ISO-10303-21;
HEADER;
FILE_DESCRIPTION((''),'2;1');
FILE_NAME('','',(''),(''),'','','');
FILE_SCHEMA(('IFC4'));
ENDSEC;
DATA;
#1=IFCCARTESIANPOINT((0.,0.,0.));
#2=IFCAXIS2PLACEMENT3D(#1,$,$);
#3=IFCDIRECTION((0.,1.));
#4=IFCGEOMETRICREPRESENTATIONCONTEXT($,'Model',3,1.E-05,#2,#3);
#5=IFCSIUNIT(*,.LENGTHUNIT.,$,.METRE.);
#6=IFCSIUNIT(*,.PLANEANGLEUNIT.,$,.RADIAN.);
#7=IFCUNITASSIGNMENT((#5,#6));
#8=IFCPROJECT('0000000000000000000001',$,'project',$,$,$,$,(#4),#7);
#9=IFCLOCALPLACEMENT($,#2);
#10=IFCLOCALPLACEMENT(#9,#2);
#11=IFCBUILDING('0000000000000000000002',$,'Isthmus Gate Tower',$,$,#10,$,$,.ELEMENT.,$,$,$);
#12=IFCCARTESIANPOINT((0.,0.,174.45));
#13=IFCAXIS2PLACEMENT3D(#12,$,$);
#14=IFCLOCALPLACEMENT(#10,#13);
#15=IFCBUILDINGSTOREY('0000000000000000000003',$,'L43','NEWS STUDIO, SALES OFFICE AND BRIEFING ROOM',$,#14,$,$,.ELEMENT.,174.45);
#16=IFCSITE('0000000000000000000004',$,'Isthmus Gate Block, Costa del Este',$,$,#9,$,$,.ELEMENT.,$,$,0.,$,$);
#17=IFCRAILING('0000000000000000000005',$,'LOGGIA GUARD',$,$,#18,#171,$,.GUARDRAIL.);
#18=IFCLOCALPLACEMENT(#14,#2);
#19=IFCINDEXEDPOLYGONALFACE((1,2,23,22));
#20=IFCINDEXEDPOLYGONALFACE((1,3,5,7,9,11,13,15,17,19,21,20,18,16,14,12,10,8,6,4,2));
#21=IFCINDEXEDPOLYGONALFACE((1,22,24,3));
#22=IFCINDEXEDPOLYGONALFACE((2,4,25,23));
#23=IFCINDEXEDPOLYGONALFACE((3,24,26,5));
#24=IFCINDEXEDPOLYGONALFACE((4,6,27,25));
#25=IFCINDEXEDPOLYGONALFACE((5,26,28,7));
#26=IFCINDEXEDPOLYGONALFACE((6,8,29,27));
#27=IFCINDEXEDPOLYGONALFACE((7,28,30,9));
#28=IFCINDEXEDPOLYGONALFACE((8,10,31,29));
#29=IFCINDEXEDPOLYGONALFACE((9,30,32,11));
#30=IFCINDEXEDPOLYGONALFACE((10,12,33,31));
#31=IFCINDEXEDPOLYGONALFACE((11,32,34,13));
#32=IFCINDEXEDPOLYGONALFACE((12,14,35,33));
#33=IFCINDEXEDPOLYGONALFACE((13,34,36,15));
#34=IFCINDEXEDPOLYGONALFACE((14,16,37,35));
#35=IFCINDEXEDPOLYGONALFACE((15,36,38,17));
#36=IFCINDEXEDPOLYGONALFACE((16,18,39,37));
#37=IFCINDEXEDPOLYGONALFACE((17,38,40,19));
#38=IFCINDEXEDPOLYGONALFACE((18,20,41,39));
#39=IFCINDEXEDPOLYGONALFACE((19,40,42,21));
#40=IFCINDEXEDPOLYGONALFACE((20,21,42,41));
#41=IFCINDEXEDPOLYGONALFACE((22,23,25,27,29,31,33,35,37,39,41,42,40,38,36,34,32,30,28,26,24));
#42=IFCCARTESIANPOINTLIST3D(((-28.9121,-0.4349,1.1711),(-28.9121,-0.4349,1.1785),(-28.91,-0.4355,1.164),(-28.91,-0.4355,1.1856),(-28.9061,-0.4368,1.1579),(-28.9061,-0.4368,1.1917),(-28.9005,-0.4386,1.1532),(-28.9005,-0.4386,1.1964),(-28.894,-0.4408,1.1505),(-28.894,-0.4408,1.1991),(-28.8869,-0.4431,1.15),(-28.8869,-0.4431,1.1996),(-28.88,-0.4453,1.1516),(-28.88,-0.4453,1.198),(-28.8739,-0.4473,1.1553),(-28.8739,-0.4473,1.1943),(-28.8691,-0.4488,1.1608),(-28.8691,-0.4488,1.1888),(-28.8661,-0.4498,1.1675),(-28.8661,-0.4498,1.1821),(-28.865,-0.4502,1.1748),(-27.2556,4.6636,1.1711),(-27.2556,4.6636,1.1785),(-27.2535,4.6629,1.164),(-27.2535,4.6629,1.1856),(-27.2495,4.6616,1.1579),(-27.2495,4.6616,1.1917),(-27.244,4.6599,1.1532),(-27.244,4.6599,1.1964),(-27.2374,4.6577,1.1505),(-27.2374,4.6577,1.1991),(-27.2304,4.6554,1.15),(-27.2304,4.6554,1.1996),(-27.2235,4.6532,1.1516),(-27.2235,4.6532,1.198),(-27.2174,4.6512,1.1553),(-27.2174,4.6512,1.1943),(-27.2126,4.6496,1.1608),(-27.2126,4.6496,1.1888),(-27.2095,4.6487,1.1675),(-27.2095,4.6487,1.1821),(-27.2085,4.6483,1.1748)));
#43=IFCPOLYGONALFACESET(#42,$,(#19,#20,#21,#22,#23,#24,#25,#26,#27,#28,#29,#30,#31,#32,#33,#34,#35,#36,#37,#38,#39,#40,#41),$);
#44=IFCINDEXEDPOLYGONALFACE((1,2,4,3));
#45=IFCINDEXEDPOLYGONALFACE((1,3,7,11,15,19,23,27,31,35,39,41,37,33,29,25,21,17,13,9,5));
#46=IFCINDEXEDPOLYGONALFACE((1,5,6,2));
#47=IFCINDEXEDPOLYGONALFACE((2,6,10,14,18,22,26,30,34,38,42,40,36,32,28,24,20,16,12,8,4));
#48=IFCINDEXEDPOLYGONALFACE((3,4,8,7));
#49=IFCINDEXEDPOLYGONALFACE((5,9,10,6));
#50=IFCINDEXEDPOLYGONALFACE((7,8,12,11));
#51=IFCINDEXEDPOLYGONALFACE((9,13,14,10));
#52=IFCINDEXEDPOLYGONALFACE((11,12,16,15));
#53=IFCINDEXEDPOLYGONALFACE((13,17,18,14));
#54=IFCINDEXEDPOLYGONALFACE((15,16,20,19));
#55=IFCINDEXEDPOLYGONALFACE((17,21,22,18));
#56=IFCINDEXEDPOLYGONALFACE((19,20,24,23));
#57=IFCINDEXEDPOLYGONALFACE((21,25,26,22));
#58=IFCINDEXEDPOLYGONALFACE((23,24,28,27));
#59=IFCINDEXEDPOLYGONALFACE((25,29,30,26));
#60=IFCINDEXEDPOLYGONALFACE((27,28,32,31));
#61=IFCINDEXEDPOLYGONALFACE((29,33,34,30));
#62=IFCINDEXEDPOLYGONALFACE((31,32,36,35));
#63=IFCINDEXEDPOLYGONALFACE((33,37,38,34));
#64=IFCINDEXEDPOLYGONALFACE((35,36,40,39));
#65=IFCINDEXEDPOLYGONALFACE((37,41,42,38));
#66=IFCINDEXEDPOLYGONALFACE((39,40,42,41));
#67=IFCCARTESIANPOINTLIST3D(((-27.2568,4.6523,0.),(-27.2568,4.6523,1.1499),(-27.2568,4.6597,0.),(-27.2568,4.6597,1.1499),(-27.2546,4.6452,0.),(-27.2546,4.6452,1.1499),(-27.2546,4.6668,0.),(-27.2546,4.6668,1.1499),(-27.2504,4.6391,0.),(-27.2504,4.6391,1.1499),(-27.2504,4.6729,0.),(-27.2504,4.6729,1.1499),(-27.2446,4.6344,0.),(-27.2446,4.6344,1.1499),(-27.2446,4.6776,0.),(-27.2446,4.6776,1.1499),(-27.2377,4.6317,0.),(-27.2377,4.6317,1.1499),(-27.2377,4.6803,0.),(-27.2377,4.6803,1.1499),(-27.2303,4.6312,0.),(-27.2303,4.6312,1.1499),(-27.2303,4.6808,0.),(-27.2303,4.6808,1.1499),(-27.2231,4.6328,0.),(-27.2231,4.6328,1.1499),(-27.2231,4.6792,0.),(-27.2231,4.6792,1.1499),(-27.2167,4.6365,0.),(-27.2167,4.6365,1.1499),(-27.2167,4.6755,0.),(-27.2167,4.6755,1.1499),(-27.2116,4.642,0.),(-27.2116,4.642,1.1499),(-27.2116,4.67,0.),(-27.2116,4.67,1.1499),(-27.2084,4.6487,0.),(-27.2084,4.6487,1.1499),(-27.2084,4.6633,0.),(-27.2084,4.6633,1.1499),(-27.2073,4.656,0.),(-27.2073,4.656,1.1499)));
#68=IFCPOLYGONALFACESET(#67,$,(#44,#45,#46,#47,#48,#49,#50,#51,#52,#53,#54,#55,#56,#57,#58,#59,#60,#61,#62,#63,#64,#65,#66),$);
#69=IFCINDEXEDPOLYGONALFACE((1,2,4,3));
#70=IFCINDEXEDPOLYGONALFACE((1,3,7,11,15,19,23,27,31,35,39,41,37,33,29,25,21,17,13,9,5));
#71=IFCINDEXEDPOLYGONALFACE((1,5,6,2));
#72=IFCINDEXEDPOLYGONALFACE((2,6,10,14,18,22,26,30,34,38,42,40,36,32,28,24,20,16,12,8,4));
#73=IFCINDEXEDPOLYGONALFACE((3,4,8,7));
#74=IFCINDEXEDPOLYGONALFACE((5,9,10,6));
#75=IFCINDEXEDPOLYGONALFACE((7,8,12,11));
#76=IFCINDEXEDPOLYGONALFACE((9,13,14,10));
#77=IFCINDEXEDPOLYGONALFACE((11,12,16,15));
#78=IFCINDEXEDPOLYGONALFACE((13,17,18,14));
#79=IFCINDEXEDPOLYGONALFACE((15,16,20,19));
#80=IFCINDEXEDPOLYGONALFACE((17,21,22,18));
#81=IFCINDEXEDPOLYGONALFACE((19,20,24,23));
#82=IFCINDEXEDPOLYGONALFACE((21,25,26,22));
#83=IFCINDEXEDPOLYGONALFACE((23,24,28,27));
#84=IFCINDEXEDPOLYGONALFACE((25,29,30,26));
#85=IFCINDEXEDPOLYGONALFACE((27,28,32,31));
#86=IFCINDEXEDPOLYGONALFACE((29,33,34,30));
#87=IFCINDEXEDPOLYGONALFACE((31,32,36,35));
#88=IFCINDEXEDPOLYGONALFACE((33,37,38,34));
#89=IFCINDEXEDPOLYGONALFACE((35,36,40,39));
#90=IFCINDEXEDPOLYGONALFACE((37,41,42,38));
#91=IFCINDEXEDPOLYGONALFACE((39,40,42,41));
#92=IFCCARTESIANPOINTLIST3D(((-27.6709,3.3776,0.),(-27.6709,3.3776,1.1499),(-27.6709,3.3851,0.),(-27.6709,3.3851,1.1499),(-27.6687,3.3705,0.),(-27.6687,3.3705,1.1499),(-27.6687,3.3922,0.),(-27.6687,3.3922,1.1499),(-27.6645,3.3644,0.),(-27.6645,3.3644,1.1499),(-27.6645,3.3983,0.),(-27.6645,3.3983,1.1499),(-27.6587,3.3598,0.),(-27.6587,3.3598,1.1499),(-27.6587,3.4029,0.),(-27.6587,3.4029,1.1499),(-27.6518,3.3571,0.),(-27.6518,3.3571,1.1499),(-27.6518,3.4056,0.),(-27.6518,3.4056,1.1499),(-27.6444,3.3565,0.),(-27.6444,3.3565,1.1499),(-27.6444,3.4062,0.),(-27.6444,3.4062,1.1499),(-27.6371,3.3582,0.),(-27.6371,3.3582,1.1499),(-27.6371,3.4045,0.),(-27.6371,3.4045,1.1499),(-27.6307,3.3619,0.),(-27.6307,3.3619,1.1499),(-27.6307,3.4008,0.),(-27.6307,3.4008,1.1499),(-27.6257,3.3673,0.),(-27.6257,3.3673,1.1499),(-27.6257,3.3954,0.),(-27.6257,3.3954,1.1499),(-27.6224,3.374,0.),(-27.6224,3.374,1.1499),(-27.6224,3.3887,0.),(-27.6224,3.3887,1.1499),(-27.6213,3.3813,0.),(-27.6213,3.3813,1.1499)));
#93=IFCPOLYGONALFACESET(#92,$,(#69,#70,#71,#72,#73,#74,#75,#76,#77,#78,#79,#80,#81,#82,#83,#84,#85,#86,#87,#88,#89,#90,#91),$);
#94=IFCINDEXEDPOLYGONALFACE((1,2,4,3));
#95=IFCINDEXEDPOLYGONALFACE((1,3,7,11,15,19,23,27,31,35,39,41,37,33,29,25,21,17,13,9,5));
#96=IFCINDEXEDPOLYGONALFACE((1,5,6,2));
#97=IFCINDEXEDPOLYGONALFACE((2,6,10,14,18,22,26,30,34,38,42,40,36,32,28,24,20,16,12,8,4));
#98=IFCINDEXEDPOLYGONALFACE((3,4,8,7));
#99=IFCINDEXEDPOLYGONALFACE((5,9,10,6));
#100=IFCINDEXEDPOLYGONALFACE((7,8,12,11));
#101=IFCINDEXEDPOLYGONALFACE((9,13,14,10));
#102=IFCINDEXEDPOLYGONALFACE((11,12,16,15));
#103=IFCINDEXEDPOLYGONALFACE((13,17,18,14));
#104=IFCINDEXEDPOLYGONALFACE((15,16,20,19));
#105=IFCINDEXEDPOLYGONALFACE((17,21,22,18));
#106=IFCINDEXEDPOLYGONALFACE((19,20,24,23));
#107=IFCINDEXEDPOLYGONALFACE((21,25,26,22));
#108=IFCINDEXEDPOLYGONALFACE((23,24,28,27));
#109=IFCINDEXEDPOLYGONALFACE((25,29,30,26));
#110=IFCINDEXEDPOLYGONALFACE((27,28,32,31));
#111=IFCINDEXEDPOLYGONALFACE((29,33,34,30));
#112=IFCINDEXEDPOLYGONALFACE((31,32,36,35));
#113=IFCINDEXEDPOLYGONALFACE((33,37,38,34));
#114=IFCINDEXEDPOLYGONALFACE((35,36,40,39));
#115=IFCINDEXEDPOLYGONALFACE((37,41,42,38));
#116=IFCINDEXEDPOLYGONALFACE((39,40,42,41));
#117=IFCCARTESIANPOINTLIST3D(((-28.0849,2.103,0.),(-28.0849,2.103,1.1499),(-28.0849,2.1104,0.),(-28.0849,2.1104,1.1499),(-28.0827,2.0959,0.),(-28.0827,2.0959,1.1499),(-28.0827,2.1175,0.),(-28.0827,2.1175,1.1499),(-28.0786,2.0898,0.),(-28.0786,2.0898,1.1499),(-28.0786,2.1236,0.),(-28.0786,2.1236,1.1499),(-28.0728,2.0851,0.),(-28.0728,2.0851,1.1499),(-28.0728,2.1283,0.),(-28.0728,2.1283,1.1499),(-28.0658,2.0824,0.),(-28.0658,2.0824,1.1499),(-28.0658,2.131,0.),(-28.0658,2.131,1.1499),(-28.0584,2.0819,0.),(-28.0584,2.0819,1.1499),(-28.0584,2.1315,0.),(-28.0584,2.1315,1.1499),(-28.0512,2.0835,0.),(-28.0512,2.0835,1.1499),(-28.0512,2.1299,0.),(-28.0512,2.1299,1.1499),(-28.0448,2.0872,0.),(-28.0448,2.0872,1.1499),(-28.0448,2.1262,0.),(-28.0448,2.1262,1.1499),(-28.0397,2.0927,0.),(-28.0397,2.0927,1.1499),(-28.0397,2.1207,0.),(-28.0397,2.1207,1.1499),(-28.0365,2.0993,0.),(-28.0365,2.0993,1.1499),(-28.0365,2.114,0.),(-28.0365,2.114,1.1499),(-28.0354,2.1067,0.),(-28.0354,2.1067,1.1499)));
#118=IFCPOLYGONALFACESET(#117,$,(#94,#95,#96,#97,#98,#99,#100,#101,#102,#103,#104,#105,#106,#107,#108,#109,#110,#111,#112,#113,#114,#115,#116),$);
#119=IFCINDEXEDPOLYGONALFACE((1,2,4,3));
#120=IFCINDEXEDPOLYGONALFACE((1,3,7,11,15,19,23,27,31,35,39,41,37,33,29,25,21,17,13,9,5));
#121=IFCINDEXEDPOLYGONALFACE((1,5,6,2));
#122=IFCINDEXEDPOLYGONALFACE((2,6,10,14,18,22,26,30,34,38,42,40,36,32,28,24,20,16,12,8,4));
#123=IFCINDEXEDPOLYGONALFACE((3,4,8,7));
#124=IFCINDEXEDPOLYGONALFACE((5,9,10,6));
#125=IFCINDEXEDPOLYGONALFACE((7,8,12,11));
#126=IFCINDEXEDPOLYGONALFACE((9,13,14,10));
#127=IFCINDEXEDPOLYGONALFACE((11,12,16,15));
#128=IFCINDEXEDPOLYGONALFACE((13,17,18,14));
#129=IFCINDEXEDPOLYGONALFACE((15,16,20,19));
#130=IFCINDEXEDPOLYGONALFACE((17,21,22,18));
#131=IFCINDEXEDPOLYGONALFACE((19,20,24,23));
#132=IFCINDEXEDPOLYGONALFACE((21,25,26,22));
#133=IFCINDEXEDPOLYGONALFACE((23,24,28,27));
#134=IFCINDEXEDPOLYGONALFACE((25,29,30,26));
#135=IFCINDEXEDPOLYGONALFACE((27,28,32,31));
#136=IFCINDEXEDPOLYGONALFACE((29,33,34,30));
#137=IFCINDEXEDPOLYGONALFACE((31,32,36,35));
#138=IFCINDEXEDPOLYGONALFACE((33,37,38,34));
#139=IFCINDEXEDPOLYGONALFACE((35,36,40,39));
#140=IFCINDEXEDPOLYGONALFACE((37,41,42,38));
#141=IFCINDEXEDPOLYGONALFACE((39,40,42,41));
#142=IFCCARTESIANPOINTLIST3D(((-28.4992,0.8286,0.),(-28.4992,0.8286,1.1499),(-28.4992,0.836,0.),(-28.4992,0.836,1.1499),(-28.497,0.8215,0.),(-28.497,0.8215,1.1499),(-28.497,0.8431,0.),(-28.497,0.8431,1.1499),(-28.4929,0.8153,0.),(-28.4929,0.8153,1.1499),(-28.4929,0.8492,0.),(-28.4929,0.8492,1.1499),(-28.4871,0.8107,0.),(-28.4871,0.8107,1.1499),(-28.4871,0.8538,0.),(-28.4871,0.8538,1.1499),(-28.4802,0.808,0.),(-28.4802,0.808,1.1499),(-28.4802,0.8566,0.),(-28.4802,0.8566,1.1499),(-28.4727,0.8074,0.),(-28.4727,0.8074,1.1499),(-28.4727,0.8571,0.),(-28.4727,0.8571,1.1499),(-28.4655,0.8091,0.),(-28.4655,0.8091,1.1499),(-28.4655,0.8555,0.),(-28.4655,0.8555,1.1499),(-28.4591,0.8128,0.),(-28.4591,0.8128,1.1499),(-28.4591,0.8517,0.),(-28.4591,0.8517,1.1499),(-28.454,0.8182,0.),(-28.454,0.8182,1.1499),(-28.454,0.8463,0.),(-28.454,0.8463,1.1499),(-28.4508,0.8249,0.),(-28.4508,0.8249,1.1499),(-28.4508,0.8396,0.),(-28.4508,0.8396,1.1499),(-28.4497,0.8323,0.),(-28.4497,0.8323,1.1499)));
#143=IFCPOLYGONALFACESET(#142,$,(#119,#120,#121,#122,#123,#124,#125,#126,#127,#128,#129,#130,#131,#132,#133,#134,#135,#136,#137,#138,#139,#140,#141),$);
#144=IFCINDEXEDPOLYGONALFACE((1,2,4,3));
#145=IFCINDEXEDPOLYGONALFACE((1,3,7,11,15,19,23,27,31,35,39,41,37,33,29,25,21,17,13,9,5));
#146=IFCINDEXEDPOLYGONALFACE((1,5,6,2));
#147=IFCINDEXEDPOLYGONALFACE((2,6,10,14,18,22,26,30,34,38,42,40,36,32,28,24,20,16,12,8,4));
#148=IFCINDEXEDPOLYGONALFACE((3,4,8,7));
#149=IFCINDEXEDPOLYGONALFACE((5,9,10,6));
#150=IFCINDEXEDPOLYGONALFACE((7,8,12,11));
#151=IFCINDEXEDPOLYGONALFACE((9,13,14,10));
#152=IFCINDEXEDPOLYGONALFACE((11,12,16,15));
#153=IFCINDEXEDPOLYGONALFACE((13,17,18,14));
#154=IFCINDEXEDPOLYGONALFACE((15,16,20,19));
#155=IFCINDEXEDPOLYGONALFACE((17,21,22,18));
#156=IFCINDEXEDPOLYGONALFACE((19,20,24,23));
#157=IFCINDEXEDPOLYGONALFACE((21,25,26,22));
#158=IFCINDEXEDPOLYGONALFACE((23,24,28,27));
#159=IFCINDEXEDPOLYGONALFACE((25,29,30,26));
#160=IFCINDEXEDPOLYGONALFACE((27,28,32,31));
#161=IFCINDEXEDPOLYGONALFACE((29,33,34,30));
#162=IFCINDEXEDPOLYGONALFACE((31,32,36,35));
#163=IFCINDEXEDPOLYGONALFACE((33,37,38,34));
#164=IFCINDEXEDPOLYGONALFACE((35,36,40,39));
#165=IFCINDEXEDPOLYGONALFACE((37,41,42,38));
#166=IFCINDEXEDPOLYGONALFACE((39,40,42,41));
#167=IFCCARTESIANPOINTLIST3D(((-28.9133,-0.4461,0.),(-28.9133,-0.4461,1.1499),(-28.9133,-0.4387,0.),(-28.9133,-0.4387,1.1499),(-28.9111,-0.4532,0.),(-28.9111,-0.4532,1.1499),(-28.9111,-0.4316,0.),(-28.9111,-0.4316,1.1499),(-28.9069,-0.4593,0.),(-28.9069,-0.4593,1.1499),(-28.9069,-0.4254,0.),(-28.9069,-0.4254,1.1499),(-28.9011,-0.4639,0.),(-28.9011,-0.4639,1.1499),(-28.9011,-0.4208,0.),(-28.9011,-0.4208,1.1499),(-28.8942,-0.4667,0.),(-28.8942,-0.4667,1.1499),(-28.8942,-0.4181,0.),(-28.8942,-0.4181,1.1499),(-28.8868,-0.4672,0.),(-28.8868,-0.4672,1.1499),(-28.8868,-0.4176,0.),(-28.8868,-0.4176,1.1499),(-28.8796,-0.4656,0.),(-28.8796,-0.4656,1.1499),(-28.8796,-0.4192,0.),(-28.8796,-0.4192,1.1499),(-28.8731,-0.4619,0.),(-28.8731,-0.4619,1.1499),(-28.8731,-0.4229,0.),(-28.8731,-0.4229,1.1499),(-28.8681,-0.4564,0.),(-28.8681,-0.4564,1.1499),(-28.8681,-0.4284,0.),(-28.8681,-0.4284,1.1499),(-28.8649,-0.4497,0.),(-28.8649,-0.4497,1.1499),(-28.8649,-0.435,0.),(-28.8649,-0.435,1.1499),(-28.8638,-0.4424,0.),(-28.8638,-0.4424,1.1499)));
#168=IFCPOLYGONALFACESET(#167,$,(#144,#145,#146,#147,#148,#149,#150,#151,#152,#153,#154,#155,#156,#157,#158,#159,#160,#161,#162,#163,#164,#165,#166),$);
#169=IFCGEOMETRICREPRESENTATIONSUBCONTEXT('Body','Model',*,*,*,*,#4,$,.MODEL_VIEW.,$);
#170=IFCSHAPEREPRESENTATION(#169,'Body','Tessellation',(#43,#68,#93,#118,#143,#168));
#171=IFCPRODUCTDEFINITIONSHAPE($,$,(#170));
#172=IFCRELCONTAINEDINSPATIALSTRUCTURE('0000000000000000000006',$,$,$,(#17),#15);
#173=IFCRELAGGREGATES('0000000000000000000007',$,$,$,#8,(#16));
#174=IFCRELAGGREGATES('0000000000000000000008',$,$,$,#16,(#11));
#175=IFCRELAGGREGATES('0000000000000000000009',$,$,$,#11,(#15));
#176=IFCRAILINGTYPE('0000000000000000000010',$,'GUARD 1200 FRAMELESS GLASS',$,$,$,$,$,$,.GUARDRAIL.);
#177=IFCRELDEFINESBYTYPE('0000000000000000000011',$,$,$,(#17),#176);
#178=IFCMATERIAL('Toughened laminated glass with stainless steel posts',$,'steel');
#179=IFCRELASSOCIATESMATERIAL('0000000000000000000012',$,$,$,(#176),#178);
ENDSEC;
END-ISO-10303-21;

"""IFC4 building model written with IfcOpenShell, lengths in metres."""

from ifc_helpers import new_model, si_unit, direction, frame, origin, origin_2d, place, context, subcontext, project, spatial, circle, extrude, material, type_object, element, save


model = new_model("IFC4")

# Units and contexts
model_context = context("Model", 3, precision=1e-05, world=origin(), true_north=direction((0.0, 1.0)))
body_context = subcontext(model_context, "Body", "Model", "MODEL_VIEW")
ifc_project = project(units=[si_unit("LENGTHUNIT", "METRE"), si_unit("PLANEANGLEUNIT", "RADIAN")], contexts=[model_context])

# Site, building, storey
site_placement = place(None, origin())
site = spatial("IfcSite", under=ifc_project, at=site_placement, Name="Isthmus Gate Block, Costa del Este", CompositionType="ELEMENT", RefElevation=0.0)
building_placement = place(site_placement, origin())
building = spatial("IfcBuilding", under=site, at=building_placement, Name="Isthmus Gate Tower", CompositionType="ELEMENT")
storey_placement = place(building_placement, frame((0.0, 0.0, 174.45)))
storey = spatial("IfcBuildingStorey", under=building, at=storey_placement, Name="L43", Description="NEWS STUDIO, SALES OFFICE AND BRIEFING ROOM", CompositionType="ELEMENT", Elevation=174.45)

# Railing
ifc_material_1 = material(Name="Toughened laminated glass with stainless steel posts", Category="steel")
railing_type_1 = type_object("IfcRailingType", Name="GUARD 1200 FRAMELESS GLASS", PredefinedType="GUARDRAIL", material=ifc_material_1)
railing_1_placement = place(storey_placement, frame((-27.2322, 4.656, 0.0)))
element("IfcRailing", 1, at=railing_1_placement, inside=storey, type_object=railing_type_1, Name="LOGGIA GUARD", PredefinedType="GUARDRAIL", context=body_context, shape_type="SweptSolid", body=[
    extrude(circle(Radius=0.0249, at=origin_2d()), frame((0.0, 0.0, 1.1748), z_axis=(-0.309005, -0.951061, 0.0), x_axis=(0.951061, -0.309005, 0.0)), (0.0, 0.0, 1.0), 5.3608),
    extrude(circle(Radius=0.0249, at=origin_2d()), origin(), (0.0, 0.0, 1.0), 1.1499),
    extrude(circle(Radius=0.0249, at=origin_2d()), frame((-0.4141, -1.2747, 0.0)), (0.0, 0.0, 1.0), 1.1499),
    extrude(circle(Radius=0.0249, at=origin_2d()), frame((-0.8281, -2.5493, 0.0)), (0.0, 0.0, 1.0), 1.1499),
    extrude(circle(Radius=0.0249, at=origin_2d()), frame((-1.2424, -3.8237, 0.0)), (0.0, 0.0, 1.0), 1.1499),
    extrude(circle(Radius=0.0249, at=origin_2d()), frame((-1.6565, -5.0984, 0.0)), (0.0, 0.0, 1.0), 1.1499),
])

save(model, "model.ifc")
